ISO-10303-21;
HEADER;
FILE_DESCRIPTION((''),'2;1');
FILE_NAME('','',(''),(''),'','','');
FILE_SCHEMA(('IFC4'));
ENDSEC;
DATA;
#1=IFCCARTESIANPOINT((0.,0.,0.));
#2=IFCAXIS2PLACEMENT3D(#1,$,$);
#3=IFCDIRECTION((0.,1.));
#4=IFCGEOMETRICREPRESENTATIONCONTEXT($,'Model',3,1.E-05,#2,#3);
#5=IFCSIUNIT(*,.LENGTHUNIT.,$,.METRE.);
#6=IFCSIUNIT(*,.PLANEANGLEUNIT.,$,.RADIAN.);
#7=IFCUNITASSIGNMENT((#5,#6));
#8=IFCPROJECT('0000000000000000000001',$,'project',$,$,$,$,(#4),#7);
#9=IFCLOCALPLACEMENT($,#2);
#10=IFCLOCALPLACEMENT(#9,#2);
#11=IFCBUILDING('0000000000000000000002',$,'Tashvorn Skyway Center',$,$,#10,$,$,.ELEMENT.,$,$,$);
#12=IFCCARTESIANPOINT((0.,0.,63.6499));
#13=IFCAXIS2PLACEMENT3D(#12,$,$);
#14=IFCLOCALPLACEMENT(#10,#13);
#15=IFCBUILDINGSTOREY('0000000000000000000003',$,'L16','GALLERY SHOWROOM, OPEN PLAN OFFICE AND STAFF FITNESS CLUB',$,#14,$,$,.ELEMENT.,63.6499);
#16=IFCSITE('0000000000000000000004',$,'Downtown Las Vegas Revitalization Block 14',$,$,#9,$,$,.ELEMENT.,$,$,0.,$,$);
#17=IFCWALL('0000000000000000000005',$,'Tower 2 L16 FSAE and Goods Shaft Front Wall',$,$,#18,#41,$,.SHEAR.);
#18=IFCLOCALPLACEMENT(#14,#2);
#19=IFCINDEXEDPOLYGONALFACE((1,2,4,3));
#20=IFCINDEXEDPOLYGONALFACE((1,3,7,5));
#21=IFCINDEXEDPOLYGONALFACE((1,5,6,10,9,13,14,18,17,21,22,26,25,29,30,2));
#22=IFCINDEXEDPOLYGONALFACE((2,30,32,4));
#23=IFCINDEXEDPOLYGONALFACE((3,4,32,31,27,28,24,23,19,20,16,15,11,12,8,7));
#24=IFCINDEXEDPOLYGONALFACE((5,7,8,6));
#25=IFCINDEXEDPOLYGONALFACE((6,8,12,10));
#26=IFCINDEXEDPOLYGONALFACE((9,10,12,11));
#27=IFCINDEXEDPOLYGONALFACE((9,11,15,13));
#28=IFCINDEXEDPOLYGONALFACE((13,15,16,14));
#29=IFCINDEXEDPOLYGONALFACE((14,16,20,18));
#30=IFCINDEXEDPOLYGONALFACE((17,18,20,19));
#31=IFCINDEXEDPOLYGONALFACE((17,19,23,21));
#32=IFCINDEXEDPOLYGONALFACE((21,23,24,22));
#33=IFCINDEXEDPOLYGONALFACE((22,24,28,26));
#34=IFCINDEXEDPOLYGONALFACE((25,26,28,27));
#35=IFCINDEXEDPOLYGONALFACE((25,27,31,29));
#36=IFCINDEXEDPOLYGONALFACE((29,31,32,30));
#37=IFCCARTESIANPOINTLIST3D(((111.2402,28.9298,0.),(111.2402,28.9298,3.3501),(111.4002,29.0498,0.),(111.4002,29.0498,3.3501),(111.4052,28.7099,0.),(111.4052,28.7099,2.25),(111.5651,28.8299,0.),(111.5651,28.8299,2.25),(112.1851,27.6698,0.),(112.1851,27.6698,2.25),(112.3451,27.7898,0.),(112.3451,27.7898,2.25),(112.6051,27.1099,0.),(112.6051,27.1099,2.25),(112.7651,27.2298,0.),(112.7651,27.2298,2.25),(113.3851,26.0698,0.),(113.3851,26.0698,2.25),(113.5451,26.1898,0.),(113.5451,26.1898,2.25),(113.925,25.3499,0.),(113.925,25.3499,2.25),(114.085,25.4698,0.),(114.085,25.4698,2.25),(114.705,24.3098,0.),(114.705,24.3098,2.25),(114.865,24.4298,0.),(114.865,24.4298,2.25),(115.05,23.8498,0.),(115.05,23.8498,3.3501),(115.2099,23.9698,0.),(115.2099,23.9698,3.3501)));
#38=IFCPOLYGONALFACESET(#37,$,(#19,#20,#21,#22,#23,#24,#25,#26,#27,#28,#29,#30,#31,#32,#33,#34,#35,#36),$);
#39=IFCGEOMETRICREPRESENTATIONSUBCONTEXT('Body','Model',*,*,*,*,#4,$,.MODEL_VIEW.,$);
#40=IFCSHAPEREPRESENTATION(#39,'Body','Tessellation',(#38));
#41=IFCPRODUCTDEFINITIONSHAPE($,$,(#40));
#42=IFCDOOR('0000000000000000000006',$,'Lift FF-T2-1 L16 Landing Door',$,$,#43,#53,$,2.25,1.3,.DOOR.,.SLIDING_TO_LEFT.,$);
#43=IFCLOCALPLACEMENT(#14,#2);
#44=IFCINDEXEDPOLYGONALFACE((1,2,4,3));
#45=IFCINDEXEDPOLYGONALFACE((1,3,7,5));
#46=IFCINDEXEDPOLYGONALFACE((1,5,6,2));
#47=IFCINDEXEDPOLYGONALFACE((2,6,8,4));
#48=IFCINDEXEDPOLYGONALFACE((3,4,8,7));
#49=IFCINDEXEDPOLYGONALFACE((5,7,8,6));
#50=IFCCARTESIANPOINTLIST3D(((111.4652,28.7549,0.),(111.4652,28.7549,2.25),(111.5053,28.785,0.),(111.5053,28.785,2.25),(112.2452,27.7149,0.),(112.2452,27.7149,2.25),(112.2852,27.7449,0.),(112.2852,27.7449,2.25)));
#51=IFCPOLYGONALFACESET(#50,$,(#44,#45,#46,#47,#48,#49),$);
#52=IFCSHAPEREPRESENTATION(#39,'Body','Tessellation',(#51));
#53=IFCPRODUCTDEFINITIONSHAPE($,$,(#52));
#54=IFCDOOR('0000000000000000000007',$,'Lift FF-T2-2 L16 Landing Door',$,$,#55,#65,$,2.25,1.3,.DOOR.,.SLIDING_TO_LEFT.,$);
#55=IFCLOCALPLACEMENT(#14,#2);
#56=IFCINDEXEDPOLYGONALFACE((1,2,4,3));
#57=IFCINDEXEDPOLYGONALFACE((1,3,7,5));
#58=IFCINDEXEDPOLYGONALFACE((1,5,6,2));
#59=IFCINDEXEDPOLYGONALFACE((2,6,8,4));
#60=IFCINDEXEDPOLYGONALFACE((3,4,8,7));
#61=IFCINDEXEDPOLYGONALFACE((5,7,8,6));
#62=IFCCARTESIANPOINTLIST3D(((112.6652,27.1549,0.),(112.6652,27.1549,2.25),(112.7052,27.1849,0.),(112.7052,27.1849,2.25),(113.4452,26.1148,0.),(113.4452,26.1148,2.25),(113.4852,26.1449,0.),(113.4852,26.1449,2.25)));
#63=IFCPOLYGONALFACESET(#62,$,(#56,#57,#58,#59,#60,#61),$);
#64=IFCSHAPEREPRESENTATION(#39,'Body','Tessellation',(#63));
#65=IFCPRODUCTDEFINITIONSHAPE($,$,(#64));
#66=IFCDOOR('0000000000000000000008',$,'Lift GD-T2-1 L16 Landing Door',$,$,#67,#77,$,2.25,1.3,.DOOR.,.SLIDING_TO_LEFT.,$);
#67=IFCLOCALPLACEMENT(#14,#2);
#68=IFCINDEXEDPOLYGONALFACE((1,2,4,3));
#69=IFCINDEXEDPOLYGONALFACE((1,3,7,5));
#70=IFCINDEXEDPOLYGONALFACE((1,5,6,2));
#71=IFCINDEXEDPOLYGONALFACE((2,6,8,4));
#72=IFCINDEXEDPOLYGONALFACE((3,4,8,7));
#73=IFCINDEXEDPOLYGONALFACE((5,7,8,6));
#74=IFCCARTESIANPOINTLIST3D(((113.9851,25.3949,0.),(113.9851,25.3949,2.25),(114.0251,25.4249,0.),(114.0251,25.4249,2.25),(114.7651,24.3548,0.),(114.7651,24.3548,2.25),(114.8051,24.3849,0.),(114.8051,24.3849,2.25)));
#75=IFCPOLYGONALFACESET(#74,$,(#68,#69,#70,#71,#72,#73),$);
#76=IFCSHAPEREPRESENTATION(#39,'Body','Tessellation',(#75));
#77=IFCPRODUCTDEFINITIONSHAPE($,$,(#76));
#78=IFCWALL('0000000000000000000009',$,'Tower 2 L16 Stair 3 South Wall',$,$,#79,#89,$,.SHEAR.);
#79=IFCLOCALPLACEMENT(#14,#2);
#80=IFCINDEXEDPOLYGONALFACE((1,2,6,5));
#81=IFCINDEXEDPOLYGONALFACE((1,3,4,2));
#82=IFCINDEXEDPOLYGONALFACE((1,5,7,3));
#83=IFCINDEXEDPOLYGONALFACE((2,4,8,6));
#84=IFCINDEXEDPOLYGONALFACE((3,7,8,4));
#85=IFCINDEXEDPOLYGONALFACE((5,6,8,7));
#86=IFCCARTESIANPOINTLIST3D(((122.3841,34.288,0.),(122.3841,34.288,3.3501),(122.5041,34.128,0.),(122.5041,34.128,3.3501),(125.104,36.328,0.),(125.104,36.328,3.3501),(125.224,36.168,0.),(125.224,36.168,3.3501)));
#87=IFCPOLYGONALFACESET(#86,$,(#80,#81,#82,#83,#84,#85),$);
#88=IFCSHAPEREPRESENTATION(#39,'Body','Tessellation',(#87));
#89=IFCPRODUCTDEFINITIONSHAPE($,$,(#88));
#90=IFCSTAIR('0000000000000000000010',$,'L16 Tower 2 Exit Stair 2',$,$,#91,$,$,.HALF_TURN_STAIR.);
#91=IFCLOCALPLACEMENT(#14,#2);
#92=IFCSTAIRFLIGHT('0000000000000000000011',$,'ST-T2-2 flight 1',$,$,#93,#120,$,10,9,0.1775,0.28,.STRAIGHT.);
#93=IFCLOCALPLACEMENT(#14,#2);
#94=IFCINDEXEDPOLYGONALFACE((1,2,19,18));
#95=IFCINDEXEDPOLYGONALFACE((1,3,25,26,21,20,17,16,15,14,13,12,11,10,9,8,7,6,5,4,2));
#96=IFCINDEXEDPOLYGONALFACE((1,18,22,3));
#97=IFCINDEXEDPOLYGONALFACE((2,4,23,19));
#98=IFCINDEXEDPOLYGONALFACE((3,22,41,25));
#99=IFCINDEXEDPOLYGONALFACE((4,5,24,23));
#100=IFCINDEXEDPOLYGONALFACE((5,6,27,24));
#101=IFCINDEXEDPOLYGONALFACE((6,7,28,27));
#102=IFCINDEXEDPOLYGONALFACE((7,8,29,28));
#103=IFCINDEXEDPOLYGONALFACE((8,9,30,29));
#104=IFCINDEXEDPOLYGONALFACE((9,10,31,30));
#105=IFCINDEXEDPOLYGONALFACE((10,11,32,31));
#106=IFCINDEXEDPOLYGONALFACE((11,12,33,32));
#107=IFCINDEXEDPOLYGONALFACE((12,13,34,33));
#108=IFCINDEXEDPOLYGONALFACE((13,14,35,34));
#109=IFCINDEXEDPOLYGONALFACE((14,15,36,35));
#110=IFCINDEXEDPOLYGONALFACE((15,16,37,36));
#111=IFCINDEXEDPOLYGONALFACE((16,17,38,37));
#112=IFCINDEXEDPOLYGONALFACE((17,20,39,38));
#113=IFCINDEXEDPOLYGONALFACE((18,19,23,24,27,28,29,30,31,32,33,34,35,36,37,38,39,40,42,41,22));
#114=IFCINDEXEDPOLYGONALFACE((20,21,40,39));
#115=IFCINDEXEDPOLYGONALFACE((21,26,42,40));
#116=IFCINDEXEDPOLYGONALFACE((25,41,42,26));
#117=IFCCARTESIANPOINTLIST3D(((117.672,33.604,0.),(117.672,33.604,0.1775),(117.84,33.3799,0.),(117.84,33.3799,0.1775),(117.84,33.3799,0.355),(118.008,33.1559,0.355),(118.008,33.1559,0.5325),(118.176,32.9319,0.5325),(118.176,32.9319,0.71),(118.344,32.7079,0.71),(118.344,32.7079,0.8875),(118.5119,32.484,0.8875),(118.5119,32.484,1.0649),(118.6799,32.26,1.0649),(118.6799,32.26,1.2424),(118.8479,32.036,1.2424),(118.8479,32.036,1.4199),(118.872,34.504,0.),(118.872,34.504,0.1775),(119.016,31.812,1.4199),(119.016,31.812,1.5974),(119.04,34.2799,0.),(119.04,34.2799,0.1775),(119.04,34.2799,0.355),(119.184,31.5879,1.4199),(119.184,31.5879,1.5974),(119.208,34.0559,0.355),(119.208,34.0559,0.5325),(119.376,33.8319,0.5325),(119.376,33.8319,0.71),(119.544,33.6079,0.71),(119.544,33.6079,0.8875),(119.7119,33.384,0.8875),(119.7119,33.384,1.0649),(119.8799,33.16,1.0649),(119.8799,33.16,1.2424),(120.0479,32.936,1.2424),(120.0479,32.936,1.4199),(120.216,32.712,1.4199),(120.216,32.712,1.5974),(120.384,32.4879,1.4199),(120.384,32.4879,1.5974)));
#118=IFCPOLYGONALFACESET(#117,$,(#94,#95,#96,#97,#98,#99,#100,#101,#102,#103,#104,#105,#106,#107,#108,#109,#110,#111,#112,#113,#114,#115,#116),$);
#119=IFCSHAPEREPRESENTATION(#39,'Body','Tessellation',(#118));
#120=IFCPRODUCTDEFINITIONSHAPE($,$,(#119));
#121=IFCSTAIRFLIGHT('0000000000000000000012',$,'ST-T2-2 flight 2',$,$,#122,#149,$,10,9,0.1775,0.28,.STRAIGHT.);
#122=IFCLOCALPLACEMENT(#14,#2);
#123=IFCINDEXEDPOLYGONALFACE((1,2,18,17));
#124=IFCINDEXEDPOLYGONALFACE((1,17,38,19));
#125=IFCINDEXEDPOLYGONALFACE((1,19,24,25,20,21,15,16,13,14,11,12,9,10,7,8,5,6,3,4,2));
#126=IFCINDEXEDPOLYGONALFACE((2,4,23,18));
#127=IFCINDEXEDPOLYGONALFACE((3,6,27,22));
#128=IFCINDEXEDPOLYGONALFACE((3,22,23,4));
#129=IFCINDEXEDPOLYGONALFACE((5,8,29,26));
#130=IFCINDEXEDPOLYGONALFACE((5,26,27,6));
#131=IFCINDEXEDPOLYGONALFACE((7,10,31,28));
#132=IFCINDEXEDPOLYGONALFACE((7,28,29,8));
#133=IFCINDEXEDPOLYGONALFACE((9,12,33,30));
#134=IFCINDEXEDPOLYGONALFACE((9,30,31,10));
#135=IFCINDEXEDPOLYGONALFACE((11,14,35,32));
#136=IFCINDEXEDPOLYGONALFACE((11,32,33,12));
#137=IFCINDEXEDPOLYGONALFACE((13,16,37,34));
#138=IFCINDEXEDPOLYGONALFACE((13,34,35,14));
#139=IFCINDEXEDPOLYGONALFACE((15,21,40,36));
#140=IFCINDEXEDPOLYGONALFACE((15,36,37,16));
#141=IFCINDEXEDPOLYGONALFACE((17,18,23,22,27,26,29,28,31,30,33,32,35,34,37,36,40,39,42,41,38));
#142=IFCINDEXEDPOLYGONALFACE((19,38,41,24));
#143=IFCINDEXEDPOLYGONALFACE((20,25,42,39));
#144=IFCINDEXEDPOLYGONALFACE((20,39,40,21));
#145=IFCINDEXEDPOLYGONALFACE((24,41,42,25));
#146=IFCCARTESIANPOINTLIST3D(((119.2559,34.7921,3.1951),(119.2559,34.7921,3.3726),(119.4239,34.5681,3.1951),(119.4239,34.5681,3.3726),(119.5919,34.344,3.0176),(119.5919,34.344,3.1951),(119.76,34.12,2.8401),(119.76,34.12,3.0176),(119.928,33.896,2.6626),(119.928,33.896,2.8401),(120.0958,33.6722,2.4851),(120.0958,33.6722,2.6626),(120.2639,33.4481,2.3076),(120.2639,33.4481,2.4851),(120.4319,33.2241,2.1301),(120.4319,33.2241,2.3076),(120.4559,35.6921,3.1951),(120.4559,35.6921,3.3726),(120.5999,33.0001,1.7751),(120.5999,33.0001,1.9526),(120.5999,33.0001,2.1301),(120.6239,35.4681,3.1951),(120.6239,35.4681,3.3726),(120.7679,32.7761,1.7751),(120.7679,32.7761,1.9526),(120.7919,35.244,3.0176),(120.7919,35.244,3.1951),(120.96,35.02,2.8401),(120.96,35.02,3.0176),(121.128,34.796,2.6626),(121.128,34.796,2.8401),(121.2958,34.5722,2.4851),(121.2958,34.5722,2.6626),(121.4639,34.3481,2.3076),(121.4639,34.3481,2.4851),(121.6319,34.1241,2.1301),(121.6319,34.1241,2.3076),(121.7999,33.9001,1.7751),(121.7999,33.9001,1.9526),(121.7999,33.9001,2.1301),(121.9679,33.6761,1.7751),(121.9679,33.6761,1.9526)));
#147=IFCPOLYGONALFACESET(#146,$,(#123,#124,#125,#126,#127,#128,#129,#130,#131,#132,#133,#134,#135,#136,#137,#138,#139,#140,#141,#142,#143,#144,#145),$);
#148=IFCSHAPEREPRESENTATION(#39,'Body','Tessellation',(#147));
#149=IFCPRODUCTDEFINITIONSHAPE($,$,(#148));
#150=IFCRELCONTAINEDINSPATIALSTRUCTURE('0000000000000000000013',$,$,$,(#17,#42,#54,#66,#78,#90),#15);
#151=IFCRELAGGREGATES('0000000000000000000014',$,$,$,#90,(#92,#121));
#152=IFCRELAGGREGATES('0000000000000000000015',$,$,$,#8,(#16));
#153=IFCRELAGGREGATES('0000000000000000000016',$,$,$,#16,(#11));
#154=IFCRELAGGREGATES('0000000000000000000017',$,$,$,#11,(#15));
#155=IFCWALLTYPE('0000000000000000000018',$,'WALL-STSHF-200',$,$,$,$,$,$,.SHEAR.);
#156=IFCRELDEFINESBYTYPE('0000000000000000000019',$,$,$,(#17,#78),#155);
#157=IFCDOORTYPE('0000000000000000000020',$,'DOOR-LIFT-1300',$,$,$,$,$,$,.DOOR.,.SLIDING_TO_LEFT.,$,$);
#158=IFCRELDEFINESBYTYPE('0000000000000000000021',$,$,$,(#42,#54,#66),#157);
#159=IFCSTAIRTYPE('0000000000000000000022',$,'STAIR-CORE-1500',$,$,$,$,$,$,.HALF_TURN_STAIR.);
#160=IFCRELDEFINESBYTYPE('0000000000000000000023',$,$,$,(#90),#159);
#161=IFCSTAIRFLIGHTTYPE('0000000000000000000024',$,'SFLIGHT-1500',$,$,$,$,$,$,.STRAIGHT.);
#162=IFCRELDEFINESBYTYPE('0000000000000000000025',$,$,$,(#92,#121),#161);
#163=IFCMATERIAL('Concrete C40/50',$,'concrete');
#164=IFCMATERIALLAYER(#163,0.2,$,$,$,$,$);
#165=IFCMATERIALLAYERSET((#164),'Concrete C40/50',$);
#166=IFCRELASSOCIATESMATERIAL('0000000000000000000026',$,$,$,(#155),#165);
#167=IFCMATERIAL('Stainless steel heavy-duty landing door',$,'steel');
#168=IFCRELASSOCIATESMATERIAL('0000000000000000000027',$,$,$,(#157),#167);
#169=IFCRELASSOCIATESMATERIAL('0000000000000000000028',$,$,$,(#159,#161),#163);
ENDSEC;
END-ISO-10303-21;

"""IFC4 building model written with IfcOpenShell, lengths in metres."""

from ifc_helpers import new_model, si_unit, direction, frame, frame_2d, origin, place, context, subcontext, project, spatial, polyline, rectangle, outline, extrude, material, layer, layer_set, type_object, element, fill, aggregate, save


model = new_model("IFC4")

# Units and contexts
model_context = context("Model", 3, precision=1e-05, world=origin(), true_north=direction((0.0, 1.0)))
body_context = subcontext(model_context, "Body", "Model", "MODEL_VIEW")
ifc_project = project(units=[si_unit("LENGTHUNIT", "METRE"), si_unit("PLANEANGLEUNIT", "RADIAN")], contexts=[model_context])

# Site, building, storey
site_placement = place(None, origin())
site = spatial("IfcSite", under=ifc_project, at=site_placement, Name="Downtown Las Vegas Revitalization Block 14", CompositionType="ELEMENT", RefElevation=0.0)
building_placement = place(site_placement, origin())
building = spatial("IfcBuilding", under=site, at=building_placement, Name="Tashvorn Skyway Center", CompositionType="ELEMENT")
storey_placement = place(building_placement, frame((0.0, 0.0, 63.6499)))
storey = spatial("IfcBuildingStorey", under=building, at=storey_placement, Name="L16", Description="GALLERY SHOWROOM, OPEN PLAN OFFICE AND STAFF FITNESS CLUB", CompositionType="ELEMENT", Elevation=63.6499)

# Shared definitions
ifc_material_1 = material(Name="Concrete C40/50", Category="concrete")

# Shared definitions
ifc_layer_1 = layer(ifc_material_1, 0.2)
ifc_layer_set_1 = layer_set([ifc_layer_1], Name="Concrete C40/50")
wall_type_1 = type_object("IfcWallType", Name="WALL-STSHF-200", PredefinedType="SHEAR", material=ifc_layer_set_1)

# Wall, openings, doors
wall_1_placement = place(storey_placement, frame((115.1299, 23.9099, 0.0), z_axis=(0.0, 0.0, 1.0), x_axis=(-0.599975, 0.800018, 0.0)))
wall_1 = element("IfcWall", 1, at=wall_1_placement, inside=storey, type_object=wall_type_1, Name="Tower 2 L16 FSAE and Goods Shaft Front Wall", PredefinedType="SHEAR", context=body_context, shape_type="SweptSolid", body=[
    extrude(rectangle(XDim=6.3499, YDim=0.2, at=frame_2d((3.1748, 0.0))), origin(), (0.0, 0.0, 1.0), 3.3501),
])
opening_1_placement = place(wall_1_placement, frame((4.7749, 0.0, 0.0)))
opening_1 = element("IfcOpeningElement", 2, at=opening_1_placement, cuts=wall_1, PredefinedType="OPENING", context=body_context, shape_type="SweptSolid", body=[
    extrude(rectangle(XDim=1.3, YDim=2.25, at=frame_2d((0.6499, 1.125))), frame((0.0, 0.1099, 0.0), z_axis=(0.0, -1.0, 0.0), x_axis=(1.0, 0.0, 0.0)), (0.0, 0.0, 1.0), 0.22),
])
opening_2_placement = place(wall_1_placement, frame((2.7749, 0.0, 0.0)))
opening_2 = element("IfcOpeningElement", 3, at=opening_2_placement, cuts=wall_1, PredefinedType="OPENING", context=body_context, shape_type="SweptSolid", body=[
    extrude(rectangle(XDim=1.3, YDim=2.25, at=frame_2d((0.6499, 1.125))), frame((0.0, 0.1099, 0.0), z_axis=(0.0, -1.0, 0.0), x_axis=(1.0, 0.0, 0.0)), (0.0, 0.0, 1.0), 0.22),
])
opening_3_placement = place(wall_1_placement, frame((0.575, 0.0, 0.0)))
opening_3 = element("IfcOpeningElement", 4, at=opening_3_placement, cuts=wall_1, PredefinedType="OPENING", context=body_context, shape_type="SweptSolid", body=[
    extrude(rectangle(XDim=1.3, YDim=2.25, at=frame_2d((0.6499, 1.125))), frame((0.0, 0.1099, 0.0), z_axis=(0.0, -1.0, 0.0), x_axis=(1.0, 0.0, 0.0)), (0.0, 0.0, 1.0), 0.22),
])
ifc_material_2 = material(Name="Stainless steel heavy-duty landing door", Category="steel")
door_type_1 = type_object("IfcDoorType", Name="DOOR-LIFT-1300", OperationType="SLIDING_TO_LEFT", PredefinedType="DOOR", material=ifc_material_2)
door_1_placement = place(opening_1_placement, origin())
door_1 = element("IfcDoor", 5, at=door_1_placement, inside=storey, type_object=door_type_1, Name="Lift FF-T2-1 L16 Landing Door", OperationType="SLIDING_TO_LEFT", OverallHeight=2.25, OverallWidth=1.3, PredefinedType="DOOR", context=body_context, shape_type="SweptSolid", body=[
    extrude(rectangle(XDim=1.3, YDim=2.25, at=frame_2d((0.6499, 1.125))), frame((0.0, 0.0249, 0.0), z_axis=(0.0, -1.0, 0.0), x_axis=(1.0, 0.0, 0.0)), (0.0, 0.0, 1.0), 0.05),
])
fill(opening_1, door_1)
door_2_placement = place(opening_2_placement, origin())
door_2 = element("IfcDoor", 6, at=door_2_placement, inside=storey, type_object=door_type_1, Name="Lift FF-T2-2 L16 Landing Door", OperationType="SLIDING_TO_LEFT", OverallHeight=2.25, OverallWidth=1.3, PredefinedType="DOOR", context=body_context, shape_type="SweptSolid", body=[
    extrude(rectangle(XDim=1.3, YDim=2.25, at=frame_2d((0.6499, 1.125))), frame((0.0, 0.0249, 0.0), z_axis=(0.0, -1.0, 0.0), x_axis=(1.0, 0.0, 0.0)), (0.0, 0.0, 1.0), 0.05),
])
fill(opening_2, door_2)
door_3_placement = place(opening_3_placement, origin())
door_3 = element("IfcDoor", 7, at=door_3_placement, inside=storey, type_object=door_type_1, Name="Lift GD-T2-1 L16 Landing Door", OperationType="SLIDING_TO_LEFT", OverallHeight=2.25, OverallWidth=1.3, PredefinedType="DOOR", context=body_context, shape_type="SweptSolid", body=[
    extrude(rectangle(XDim=1.3, YDim=2.25, at=frame_2d((0.6499, 1.125))), frame((0.0, 0.0249, 0.0), z_axis=(0.0, -1.0, 0.0), x_axis=(1.0, 0.0, 0.0)), (0.0, 0.0, 1.0), 0.05),
])
fill(opening_3, door_3)

# Wall
wall_2_placement = place(storey_placement, frame((122.4441, 34.208, 0.0), z_axis=(0.0, 0.0, 1.0), x_axis=(0.799991, 0.600011, 0.0)))
element("IfcWall", 8, at=wall_2_placement, inside=storey, type_object=wall_type_1, Name="Tower 2 L16 Stair 3 South Wall", PredefinedType="SHEAR", context=body_context, shape_type="SweptSolid", body=[
    extrude(rectangle(XDim=3.3999, YDim=0.2, at=frame_2d((1.7, 0.0))), origin(), (0.0, 0.0, 1.0), 3.3501),
])

# Stair, stair flights
stair_type = type_object("IfcStairType", Name="STAIR-CORE-1500", PredefinedType="HALF_TURN_STAIR", material=ifc_material_1)
stair_placement = place(storey_placement, origin())
stair = element("IfcStair", 9, at=stair_placement, inside=storey, type_object=stair_type, Name="L16 Tower 2 Exit Stair 2", PredefinedType="HALF_TURN_STAIR")
stair_flight_type = type_object("IfcStairFlightType", Name="SFLIGHT-1500", PredefinedType="STRAIGHT", material=ifc_material_1)
stair_flight_1_placement = place(storey_placement, frame((118.272, 34.054, 0.0), z_axis=(0.0, 0.0, 1.0), x_axis=(0.6, -0.8, 0.0)))
stair_flight_1 = element("IfcStairFlight", 10, at=stair_flight_1_placement, type_object=stair_flight_type, Name="ST-T2-2 flight 1", NumberOfRisers=10, NumberOfTreads=9, PredefinedType="STRAIGHT", RiserHeight=0.1775, TreadLength=0.28, context=body_context, shape_type="SweptSolid", body=[
    extrude(outline(polyline([(0.0, 0.0), (0.0, 0.1775), (0.28, 0.1775), (0.28, 0.355), (0.5601, 0.355), (0.5601, 0.5325), (0.8401, 0.5325), (0.8401, 0.71), (1.1201, 0.71), (1.1201, 0.8875), (1.3999, 0.8875), (1.3999, 1.0649), (1.6799, 1.0649), (1.6799, 1.2424), (1.96, 1.2424), (1.96, 1.4199), (2.24, 1.4199), (2.24, 1.5974), (2.52, 1.5974), (2.52, 1.7749), (2.52, 1.4199), (0.28, 0.0), (0.0, 0.0)])), frame((0.0, 0.75, 0.0), z_axis=(0.0, -1.0, 0.0), x_axis=(1.0, 0.0, 0.0)), (0.0, 0.0, 1.0), 1.5),
])
stair_flight_2_placement = place(storey_placement, frame((121.3679, 33.2261, 1.7751), z_axis=(0.0, 0.0, 1.0), x_axis=(-0.6, 0.8, 0.0)))
stair_flight_2 = element("IfcStairFlight", 11, at=stair_flight_2_placement, type_object=stair_flight_type, Name="ST-T2-2 flight 2", NumberOfRisers=10, NumberOfTreads=9, PredefinedType="STRAIGHT", RiserHeight=0.1775, TreadLength=0.28, context=body_context, shape_type="SweptSolid", body=[
    extrude(outline(polyline([(0.0, 0.0), (0.0, 0.1775), (0.28, 0.1775), (0.28, 0.355), (0.5601, 0.355), (0.5601, 0.5325), (0.8401, 0.5325), (0.8401, 0.71), (1.1201, 0.71), (1.1201, 0.8875), (1.3999, 0.8875), (1.3999, 1.0649), (1.6799, 1.0649), (1.6799, 1.2424), (1.96, 1.2424), (1.96, 1.4199), (2.24, 1.4199), (2.24, 1.5974), (2.52, 1.5974), (2.52, 1.7749), (2.52, 1.4199), (0.28, 0.0), (0.0, 0.0)])), frame((0.0, 0.75, 0.0), z_axis=(0.0, -1.0, 0.0), x_axis=(1.0, 0.0, 0.0)), (0.0, 0.0, 1.0), 1.5),
])
aggregate(stair, [stair_flight_1, stair_flight_2])

save(model, "model.ifc")
